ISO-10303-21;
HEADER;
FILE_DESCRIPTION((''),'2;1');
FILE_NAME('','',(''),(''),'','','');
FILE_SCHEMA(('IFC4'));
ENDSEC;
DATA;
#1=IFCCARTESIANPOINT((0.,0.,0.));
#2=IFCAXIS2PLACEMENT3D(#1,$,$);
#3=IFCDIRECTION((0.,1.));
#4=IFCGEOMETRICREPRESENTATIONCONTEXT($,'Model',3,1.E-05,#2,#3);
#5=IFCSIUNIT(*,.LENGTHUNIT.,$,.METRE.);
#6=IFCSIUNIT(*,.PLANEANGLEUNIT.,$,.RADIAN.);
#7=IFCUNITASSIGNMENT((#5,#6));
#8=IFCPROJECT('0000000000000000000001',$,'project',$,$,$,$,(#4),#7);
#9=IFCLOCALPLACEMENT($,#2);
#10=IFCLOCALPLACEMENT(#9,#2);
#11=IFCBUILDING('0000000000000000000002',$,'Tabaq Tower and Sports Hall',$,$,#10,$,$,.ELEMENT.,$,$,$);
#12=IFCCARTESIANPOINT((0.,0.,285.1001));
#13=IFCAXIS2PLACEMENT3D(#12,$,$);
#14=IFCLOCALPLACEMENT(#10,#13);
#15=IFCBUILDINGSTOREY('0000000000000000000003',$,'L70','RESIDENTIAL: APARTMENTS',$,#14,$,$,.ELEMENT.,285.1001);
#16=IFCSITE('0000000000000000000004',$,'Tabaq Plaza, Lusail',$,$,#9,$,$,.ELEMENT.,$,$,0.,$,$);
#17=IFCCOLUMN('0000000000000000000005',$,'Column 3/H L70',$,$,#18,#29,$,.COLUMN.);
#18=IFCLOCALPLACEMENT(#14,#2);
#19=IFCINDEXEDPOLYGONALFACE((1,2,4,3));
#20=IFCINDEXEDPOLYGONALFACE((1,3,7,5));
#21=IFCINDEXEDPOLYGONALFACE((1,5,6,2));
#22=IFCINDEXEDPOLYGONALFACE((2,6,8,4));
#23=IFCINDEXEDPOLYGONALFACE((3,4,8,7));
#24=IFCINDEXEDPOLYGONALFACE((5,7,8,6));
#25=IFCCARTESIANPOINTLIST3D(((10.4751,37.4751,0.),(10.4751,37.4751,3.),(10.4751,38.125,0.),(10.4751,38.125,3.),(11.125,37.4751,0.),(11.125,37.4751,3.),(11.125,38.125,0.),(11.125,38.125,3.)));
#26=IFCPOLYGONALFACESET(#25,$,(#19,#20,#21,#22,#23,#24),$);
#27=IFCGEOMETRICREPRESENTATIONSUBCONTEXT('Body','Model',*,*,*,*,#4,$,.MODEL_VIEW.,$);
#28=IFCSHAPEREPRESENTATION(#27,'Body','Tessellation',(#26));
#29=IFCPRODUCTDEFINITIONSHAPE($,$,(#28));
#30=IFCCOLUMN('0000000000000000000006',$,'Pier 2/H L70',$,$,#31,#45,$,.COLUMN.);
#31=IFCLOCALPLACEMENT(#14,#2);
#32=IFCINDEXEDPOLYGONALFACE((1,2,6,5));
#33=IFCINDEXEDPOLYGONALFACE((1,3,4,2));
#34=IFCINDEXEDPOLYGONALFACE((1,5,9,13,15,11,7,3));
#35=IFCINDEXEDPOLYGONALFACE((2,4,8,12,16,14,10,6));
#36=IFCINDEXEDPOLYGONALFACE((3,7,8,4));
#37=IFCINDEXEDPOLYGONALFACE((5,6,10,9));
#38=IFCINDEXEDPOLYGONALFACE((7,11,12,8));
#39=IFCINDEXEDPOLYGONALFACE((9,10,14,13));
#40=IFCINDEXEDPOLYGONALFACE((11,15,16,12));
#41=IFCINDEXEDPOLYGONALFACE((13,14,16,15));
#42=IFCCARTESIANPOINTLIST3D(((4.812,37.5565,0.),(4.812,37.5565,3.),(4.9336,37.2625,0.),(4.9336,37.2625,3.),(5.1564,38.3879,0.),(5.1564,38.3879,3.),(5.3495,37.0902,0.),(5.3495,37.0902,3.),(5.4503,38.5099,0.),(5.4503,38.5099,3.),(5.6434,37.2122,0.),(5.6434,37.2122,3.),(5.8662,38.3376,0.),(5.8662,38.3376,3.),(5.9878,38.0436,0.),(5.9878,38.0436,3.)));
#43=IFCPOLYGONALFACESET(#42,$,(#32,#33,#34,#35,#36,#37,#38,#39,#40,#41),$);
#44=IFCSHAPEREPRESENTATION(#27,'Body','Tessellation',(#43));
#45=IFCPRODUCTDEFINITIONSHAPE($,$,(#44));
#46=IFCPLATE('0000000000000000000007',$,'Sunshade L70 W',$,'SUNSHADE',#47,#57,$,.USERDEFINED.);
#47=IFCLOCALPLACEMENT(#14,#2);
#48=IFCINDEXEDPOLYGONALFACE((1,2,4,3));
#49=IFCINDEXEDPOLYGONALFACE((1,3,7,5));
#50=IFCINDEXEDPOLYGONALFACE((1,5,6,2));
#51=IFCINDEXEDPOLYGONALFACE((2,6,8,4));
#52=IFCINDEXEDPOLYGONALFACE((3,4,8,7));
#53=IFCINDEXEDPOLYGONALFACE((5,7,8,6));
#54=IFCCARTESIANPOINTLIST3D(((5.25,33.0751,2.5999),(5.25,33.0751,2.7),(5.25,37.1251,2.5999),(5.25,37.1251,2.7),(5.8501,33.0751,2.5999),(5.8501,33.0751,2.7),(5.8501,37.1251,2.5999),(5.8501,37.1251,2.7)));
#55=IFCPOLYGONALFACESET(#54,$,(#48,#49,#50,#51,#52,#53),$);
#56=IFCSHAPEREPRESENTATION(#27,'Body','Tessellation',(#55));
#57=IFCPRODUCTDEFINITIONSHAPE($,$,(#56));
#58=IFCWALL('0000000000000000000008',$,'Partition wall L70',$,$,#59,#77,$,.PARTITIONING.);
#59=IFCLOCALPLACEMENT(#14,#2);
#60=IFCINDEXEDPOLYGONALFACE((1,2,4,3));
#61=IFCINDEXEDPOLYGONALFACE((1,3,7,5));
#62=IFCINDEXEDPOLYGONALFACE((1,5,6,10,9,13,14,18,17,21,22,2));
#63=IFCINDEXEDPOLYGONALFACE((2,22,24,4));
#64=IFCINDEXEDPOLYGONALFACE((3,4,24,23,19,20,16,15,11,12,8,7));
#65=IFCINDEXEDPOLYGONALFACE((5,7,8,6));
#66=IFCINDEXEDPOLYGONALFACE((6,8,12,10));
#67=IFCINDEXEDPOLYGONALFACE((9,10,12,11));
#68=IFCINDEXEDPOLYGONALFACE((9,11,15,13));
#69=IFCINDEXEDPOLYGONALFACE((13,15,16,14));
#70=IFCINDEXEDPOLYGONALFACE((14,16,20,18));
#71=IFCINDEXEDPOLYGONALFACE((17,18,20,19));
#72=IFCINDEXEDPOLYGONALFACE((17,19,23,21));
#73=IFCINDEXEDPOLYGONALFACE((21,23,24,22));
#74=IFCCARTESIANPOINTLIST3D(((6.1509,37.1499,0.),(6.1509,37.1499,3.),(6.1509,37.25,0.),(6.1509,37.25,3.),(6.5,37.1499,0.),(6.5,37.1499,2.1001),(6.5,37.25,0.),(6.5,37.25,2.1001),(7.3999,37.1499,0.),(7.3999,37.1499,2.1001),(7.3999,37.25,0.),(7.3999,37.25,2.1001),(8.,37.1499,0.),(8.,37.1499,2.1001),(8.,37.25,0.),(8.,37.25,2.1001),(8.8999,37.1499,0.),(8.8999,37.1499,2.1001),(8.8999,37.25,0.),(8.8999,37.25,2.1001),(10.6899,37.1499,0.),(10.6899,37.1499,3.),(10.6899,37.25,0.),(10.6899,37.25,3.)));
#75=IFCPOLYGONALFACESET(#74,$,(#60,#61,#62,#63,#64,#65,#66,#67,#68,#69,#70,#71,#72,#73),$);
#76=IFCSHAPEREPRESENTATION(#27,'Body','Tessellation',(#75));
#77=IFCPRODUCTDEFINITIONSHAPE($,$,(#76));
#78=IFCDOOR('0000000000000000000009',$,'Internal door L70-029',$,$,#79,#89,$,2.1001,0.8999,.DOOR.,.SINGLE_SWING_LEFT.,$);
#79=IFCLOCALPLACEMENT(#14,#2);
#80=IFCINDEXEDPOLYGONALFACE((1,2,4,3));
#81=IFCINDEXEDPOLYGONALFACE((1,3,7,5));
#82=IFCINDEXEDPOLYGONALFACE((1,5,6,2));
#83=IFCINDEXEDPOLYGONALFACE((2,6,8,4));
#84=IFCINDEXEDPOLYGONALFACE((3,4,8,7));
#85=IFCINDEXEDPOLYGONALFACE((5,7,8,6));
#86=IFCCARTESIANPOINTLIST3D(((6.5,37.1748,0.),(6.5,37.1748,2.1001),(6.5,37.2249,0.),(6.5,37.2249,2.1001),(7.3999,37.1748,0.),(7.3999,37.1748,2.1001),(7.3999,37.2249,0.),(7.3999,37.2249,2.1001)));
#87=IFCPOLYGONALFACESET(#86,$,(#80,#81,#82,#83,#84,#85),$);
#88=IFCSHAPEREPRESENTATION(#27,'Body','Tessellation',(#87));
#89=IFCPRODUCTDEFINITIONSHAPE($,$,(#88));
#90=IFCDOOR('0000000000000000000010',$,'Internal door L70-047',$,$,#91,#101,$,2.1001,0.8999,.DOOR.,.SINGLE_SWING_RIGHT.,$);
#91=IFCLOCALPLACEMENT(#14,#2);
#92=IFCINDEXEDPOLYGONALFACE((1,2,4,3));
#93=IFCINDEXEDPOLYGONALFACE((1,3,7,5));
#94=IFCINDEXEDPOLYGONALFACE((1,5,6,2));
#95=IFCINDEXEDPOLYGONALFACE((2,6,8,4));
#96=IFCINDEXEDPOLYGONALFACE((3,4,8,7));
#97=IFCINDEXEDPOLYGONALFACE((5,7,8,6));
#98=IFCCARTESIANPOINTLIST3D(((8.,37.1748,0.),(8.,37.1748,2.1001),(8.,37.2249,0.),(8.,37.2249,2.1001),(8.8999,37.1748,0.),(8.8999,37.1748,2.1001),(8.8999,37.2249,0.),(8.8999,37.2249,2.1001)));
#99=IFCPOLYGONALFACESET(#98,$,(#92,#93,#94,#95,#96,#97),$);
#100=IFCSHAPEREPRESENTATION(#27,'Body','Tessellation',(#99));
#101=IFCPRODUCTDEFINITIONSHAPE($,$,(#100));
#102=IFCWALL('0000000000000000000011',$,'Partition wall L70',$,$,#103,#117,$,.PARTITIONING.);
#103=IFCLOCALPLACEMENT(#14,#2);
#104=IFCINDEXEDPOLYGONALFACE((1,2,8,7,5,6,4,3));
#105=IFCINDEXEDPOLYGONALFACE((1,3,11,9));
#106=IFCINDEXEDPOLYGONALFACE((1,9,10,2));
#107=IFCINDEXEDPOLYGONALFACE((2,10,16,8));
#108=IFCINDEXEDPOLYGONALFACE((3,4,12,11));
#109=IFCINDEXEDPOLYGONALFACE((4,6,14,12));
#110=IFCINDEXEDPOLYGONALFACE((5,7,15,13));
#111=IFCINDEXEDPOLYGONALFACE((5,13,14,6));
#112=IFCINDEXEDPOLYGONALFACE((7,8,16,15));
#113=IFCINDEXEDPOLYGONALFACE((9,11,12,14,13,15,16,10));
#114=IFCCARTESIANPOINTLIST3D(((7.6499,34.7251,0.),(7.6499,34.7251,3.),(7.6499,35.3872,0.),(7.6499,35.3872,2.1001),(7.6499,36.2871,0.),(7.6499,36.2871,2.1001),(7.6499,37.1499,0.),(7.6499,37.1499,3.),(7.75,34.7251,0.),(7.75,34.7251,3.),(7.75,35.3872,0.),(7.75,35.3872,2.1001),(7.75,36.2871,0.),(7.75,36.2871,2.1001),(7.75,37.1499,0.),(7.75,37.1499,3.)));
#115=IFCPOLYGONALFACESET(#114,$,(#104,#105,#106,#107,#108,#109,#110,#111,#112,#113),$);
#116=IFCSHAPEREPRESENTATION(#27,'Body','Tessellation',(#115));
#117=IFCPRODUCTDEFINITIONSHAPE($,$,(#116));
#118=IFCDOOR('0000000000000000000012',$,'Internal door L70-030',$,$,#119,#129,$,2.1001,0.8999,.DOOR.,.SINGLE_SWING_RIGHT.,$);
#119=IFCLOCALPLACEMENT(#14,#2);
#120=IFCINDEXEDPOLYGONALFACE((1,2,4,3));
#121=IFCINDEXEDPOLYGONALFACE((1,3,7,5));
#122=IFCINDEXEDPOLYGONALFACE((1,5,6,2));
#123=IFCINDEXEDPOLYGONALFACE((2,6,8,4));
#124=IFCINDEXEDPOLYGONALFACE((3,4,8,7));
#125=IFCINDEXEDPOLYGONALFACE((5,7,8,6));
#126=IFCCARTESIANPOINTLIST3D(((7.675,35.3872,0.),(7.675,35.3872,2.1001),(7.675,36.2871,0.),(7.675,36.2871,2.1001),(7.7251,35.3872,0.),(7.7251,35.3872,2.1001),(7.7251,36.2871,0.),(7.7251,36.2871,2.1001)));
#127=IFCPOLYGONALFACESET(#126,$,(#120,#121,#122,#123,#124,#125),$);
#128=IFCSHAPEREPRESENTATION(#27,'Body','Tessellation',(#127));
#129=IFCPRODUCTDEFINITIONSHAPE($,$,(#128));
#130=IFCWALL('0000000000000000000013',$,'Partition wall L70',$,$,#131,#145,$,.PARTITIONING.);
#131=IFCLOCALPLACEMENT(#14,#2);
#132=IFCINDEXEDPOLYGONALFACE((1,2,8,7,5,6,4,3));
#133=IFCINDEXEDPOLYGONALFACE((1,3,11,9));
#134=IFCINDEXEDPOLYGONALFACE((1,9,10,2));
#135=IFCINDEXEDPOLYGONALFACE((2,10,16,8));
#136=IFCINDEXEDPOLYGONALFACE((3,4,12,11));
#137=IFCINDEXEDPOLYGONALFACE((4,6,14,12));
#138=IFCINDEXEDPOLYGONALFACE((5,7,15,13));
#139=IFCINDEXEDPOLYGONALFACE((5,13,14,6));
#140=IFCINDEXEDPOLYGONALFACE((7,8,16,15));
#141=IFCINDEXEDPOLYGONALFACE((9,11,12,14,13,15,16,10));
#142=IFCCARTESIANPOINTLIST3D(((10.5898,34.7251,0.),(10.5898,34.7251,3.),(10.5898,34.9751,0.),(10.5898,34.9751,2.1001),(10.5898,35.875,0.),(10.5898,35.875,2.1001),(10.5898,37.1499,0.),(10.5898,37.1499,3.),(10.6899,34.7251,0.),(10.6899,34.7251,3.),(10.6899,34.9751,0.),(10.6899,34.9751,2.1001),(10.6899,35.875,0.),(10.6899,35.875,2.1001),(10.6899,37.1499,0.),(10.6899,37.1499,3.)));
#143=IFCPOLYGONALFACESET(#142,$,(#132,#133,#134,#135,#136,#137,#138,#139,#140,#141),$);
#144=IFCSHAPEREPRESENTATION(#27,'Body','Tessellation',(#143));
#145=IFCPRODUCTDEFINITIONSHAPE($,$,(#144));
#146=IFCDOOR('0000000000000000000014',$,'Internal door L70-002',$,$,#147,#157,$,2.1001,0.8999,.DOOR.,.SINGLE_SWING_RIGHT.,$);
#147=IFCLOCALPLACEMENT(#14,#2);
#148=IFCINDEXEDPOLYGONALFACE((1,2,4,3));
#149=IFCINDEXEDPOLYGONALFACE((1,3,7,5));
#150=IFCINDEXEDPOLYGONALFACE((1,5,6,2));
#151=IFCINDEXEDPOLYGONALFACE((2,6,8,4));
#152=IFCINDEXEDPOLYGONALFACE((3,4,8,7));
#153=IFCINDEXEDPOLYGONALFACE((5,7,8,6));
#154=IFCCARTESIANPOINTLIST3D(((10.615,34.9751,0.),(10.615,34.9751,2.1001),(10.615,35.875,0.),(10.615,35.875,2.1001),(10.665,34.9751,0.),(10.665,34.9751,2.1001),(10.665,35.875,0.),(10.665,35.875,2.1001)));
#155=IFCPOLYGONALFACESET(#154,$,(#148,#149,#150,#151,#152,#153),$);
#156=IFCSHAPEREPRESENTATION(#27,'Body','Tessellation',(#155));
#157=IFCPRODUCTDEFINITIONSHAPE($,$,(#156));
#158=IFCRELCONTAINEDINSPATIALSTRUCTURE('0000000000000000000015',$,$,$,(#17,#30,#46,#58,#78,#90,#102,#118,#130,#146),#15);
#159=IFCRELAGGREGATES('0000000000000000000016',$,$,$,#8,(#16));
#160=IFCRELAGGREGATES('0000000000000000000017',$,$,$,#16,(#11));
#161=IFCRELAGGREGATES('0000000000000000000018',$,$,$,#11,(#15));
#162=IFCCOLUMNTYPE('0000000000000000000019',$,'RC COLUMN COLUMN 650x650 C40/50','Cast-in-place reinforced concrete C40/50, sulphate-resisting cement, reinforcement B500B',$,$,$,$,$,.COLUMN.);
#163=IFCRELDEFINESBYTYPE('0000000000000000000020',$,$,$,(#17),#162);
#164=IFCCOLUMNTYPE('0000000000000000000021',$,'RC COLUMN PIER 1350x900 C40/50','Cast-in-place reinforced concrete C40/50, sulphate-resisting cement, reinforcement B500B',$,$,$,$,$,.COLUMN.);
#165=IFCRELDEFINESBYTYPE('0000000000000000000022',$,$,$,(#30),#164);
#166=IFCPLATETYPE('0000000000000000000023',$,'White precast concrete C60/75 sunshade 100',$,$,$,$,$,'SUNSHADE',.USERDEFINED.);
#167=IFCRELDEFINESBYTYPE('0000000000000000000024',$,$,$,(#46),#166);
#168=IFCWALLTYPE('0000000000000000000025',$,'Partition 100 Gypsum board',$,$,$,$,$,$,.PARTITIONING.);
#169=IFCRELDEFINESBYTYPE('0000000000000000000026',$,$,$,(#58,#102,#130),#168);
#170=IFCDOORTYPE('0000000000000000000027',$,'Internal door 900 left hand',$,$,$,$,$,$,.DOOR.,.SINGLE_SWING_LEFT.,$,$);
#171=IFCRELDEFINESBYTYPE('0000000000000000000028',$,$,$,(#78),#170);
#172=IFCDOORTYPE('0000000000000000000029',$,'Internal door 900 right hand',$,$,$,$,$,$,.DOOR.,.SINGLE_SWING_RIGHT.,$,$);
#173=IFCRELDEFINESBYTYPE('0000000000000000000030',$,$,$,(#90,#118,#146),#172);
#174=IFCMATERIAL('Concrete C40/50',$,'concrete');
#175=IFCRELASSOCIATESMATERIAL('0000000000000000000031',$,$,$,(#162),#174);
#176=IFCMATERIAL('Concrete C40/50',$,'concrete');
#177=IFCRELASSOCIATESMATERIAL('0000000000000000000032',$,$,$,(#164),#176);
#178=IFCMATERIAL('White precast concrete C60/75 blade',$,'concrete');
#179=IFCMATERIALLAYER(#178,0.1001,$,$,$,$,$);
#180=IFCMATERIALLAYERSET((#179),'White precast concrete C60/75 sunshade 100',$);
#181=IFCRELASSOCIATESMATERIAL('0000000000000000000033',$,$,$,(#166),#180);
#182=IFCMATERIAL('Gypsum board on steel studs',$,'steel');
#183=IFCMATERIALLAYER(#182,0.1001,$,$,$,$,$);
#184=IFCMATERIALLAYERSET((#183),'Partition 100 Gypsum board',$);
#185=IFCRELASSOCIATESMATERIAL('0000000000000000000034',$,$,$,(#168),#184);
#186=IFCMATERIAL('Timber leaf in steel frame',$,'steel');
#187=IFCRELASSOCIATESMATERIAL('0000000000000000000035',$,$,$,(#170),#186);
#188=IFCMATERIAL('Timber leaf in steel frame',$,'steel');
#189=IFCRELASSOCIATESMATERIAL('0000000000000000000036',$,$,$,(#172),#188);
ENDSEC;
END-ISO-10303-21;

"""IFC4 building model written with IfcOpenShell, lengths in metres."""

from ifc_helpers import new_model, si_unit, direction, frame, frame_2d, origin, origin_2d, place, context, subcontext, project, spatial, polyline, rectangle, outline, extrude, material, layer, layer_set, material_profile, profile_set, type_object, element, fill, save


model = new_model("IFC4")

# Units and contexts
model_context = context("Model", 3, precision=1e-05, world=origin(), true_north=direction((0.0, 1.0)))
body_context = subcontext(model_context, "Body", "Model", "MODEL_VIEW")
ifc_project = project(units=[si_unit("LENGTHUNIT", "METRE"), si_unit("PLANEANGLEUNIT", "RADIAN")], contexts=[model_context])

# Site, building, storey
site_placement = place(None, origin())
site = spatial("IfcSite", under=ifc_project, at=site_placement, Name="Tabaq Plaza, Lusail", CompositionType="ELEMENT", RefElevation=0.0)
building_placement = place(site_placement, origin())
building = spatial("IfcBuilding", under=site, at=building_placement, Name="Tabaq Tower and Sports Hall", CompositionType="ELEMENT")
storey_placement = place(building_placement, frame((0.0, 0.0, 285.1001)))
storey = spatial("IfcBuildingStorey", under=building, at=storey_placement, Name="L70", Description="RESIDENTIAL: APARTMENTS", CompositionType="ELEMENT", Elevation=285.1001)

# Columns
ifc_material_1 = material(Name="Concrete C40/50", Category="concrete")
ifc_material_profile_1 = material_profile(ifc_material_1, rectangle(XDim=0.6499, YDim=0.6499, at=origin_2d()), Name="COLUMN 650x650")
ifc_profile_set_1 = profile_set([ifc_material_profile_1], Name="Concrete C40/50")
column_type_1 = type_object("IfcColumnType", Name="RC COLUMN COLUMN 650x650 C40/50", Description="Cast-in-place reinforced concrete C40/50, sulphate-resisting cement, reinforcement B500B", PredefinedType="COLUMN", material=ifc_profile_set_1)
column_1_placement = place(storey_placement, frame((10.8, 37.8, 0.0), z_axis=(0.0, 0.0, 1.0), x_axis=(1.0, 0.0, 0.0)))
element("IfcColumn", 1, at=column_1_placement, inside=storey, type_object=column_type_1, Name="Column 3/H L70", PredefinedType="COLUMN", context=body_context, shape_type="SweptSolid", body=[
    extrude(rectangle(XDim=0.6499, YDim=0.6499, at=origin_2d()), origin(), (0.0, 0.0, 1.0), 3.0),
])
ifc_material_2 = material(Name="Concrete C40/50", Category="concrete")
ifc_material_profile_2 = material_profile(ifc_material_2, outline(polyline([(-0.45, -0.45), (0.45, -0.45), (0.675, -0.2251), (0.675, 0.2251), (0.45, 0.45), (-0.45, 0.45), (-0.675, 0.2251), (-0.675, -0.2251), (-0.45, -0.45)])), Name="PIER 1350x900")
ifc_profile_set_2 = profile_set([ifc_material_profile_2], Name="Concrete C40/50")
column_type_2 = type_object("IfcColumnType", Name="RC COLUMN PIER 1350x900 C40/50", Description="Cast-in-place reinforced concrete C40/50, sulphate-resisting cement, reinforcement B500B", PredefinedType="COLUMN", material=ifc_profile_set_2)
column_2_placement = place(storey_placement, frame((5.3999, 37.8, 0.0), z_axis=(0.0, 0.0, 1.0), x_axis=(0.382683, 0.92388, 0.0)))
element("IfcColumn", 2, at=column_2_placement, inside=storey, type_object=column_type_2, Name="Pier 2/H L70", PredefinedType="COLUMN", context=body_context, shape_type="SweptSolid", body=[
    extrude(outline(polyline([(-0.45, -0.45), (0.45, -0.45), (0.675, -0.2251), (0.675, 0.2251), (0.45, 0.45), (-0.45, 0.45), (-0.675, 0.2251), (-0.675, -0.2251), (-0.45, -0.45)])), origin(), (0.0, 0.0, 1.0), 3.0),
])

# Plate
ifc_material_3 = material(Name="White precast concrete C60/75 blade", Category="concrete")
ifc_layer_1 = layer(ifc_material_3, 0.1001)
ifc_layer_set_1 = layer_set([ifc_layer_1], Name="White precast concrete C60/75 sunshade 100")
plate_type = type_object("IfcPlateType", Name="White precast concrete C60/75 sunshade 100", ElementType="SUNSHADE", PredefinedType="USERDEFINED", material=ifc_layer_set_1)
plate_placement = place(storey_placement, frame((5.55, 35.1001, 2.5999), z_axis=(0.0, 0.0, 1.0), x_axis=(0.0, -1.0, 0.0)))
element("IfcPlate", 3, at=plate_placement, inside=storey, type_object=plate_type, Name="Sunshade L70 W", ObjectType="SUNSHADE", PredefinedType="USERDEFINED", context=body_context, shape_type="SweptSolid", body=[
    extrude(rectangle(XDim=4.05, YDim=0.6001, at=origin_2d()), origin(), (0.0, 0.0, 1.0), 0.1001),
])

# Wall, openings, doors
ifc_material_4 = material(Name="Gypsum board on steel studs", Category="steel")
ifc_layer_2 = layer(ifc_material_4, 0.1001)
ifc_layer_set_2 = layer_set([ifc_layer_2], Name="Partition 100 Gypsum board")
wall_type_1 = type_object("IfcWallType", Name="Partition 100 Gypsum board", PredefinedType="PARTITIONING", material=ifc_layer_set_2)
wall_1_placement = place(storey_placement, frame((6.1509, 37.2, 0.0), z_axis=(0.0, 0.0, 1.0), x_axis=(1.0, 0.0, 0.0)))
wall_1 = element("IfcWall", 4, at=wall_1_placement, inside=storey, type_object=wall_type_1, Name="Partition wall L70", PredefinedType="PARTITIONING", context=body_context, shape_type="SweptSolid", body=[
    extrude(rectangle(XDim=4.5391, YDim=0.1001, at=frame_2d((2.2695, 0.0))), origin(), (0.0, 0.0, 1.0), 3.0),
])
opening_1_placement = place(wall_1_placement, frame((0.3491, 0.0, 0.0)))
opening_1 = element("IfcOpeningElement", 5, at=opening_1_placement, cuts=wall_1, PredefinedType="OPENING", context=body_context, shape_type="SweptSolid", body=[
    extrude(rectangle(XDim=0.8999, YDim=2.1001, at=frame_2d((0.45, 1.05))), frame((0.0, 0.05, 0.0), z_axis=(0.0, -1.0, 0.0), x_axis=(1.0, 0.0, 0.0)), (0.0, 0.0, 1.0), 0.1001),
])
opening_2_placement = place(wall_1_placement, frame((1.8491, 0.0, 0.0)))
opening_2 = element("IfcOpeningElement", 6, at=opening_2_placement, cuts=wall_1, PredefinedType="OPENING", context=body_context, shape_type="SweptSolid", body=[
    extrude(rectangle(XDim=0.8999, YDim=2.1001, at=frame_2d((0.45, 1.05))), frame((0.0, 0.05, 0.0), z_axis=(0.0, -1.0, 0.0), x_axis=(1.0, 0.0, 0.0)), (0.0, 0.0, 1.0), 0.1001),
])
ifc_material_5 = material(Name="Timber leaf in steel frame", Category="steel")
door_type_1 = type_object("IfcDoorType", Name="Internal door 900 left hand", OperationType="SINGLE_SWING_LEFT", PredefinedType="DOOR", material=ifc_material_5)
door_1_placement = place(opening_1_placement, origin())
door_1 = element("IfcDoor", 7, at=door_1_placement, inside=storey, type_object=door_type_1, Name="Internal door L70-029", OperationType="SINGLE_SWING_LEFT", OverallHeight=2.1001, OverallWidth=0.8999, PredefinedType="DOOR", context=body_context, shape_type="SweptSolid", body=[
    extrude(rectangle(XDim=0.8999, YDim=2.1001, at=frame_2d((0.45, 1.05))), frame((0.0, 0.0249, 0.0), z_axis=(0.0, -1.0, 0.0), x_axis=(1.0, 0.0, 0.0)), (0.0, 0.0, 1.0), 0.05),
])
fill(opening_1, door_1)
ifc_material_6 = material(Name="Timber leaf in steel frame", Category="steel")
door_type_2 = type_object("IfcDoorType", Name="Internal door 900 right hand", OperationType="SINGLE_SWING_RIGHT", PredefinedType="DOOR", material=ifc_material_6)
door_2_placement = place(opening_2_placement, origin())
door_2 = element("IfcDoor", 8, at=door_2_placement, inside=storey, type_object=door_type_2, Name="Internal door L70-047", OperationType="SINGLE_SWING_RIGHT", OverallHeight=2.1001, OverallWidth=0.8999, PredefinedType="DOOR", context=body_context, shape_type="SweptSolid", body=[
    extrude(rectangle(XDim=0.8999, YDim=2.1001, at=frame_2d((0.45, 1.05))), frame((0.0, 0.0249, 0.0), z_axis=(0.0, -1.0, 0.0), x_axis=(1.0, 0.0, 0.0)), (0.0, 0.0, 1.0), 0.05),
])
fill(opening_2, door_2)

# Walls, openings, doors
wall_2_placement = place(storey_placement, frame((7.7, 34.7251, 0.0), z_axis=(0.0, 0.0, 1.0), x_axis=(0.0, 1.0, 0.0)))
wall_2 = element("IfcWall", 9, at=wall_2_placement, inside=storey, type_object=wall_type_1, Name="Partition wall L70", PredefinedType="PARTITIONING", context=body_context, shape_type="SweptSolid", body=[
    extrude(rectangle(XDim=2.4248, YDim=0.1001, at=frame_2d((1.2124, 0.0))), origin(), (0.0, 0.0, 1.0), 3.0),
])
opening_3_placement = place(wall_2_placement, frame((0.6621, 0.0, 0.0)))
opening_3 = element("IfcOpeningElement", 10, at=opening_3_placement, cuts=wall_2, PredefinedType="OPENING", context=body_context, shape_type="SweptSolid", body=[
    extrude(rectangle(XDim=0.8999, YDim=2.1001, at=frame_2d((0.45, 1.05))), frame((0.0, 0.05, 0.0), z_axis=(0.0, -1.0, 0.0), x_axis=(1.0, 0.0, 0.0)), (0.0, 0.0, 1.0), 0.1001),
])
door_3_placement = place(opening_3_placement, origin())
door_3 = element("IfcDoor", 11, at=door_3_placement, inside=storey, type_object=door_type_2, Name="Internal door L70-030", OperationType="SINGLE_SWING_RIGHT", OverallHeight=2.1001, OverallWidth=0.8999, PredefinedType="DOOR", context=body_context, shape_type="SweptSolid", body=[
    extrude(rectangle(XDim=0.8999, YDim=2.1001, at=frame_2d((0.45, 1.05))), frame((0.0, 0.0249, 0.0), z_axis=(0.0, -1.0, 0.0), x_axis=(1.0, 0.0, 0.0)), (0.0, 0.0, 1.0), 0.05),
])
fill(opening_3, door_3)
wall_3_placement = place(storey_placement, frame((10.6399, 34.7251, 0.0), z_axis=(0.0, 0.0, 1.0), x_axis=(0.0, 1.0, 0.0)))
wall_3 = element("IfcWall", 12, at=wall_3_placement, inside=storey, type_object=wall_type_1, Name="Partition wall L70", PredefinedType="PARTITIONING", context=body_context, shape_type="SweptSolid", body=[
    extrude(rectangle(XDim=2.4248, YDim=0.1001, at=frame_2d((1.2124, 0.0))), origin(), (0.0, 0.0, 1.0), 3.0),
])
opening_4_placement = place(wall_3_placement, frame((0.25, 0.0, 0.0)))
opening_4 = element("IfcOpeningElement", 13, at=opening_4_placement, cuts=wall_3, PredefinedType="OPENING", context=body_context, shape_type="SweptSolid", body=[
    extrude(rectangle(XDim=0.8999, YDim=2.1001, at=frame_2d((0.45, 1.05))), frame((0.0, 0.05, 0.0), z_axis=(0.0, -1.0, 0.0), x_axis=(1.0, 0.0, 0.0)), (0.0, 0.0, 1.0), 0.1001),
])
door_4_placement = place(opening_4_placement, origin())
door_4 = element("IfcDoor", 14, at=door_4_placement, inside=storey, type_object=door_type_2, Name="Internal door L70-002", OperationType="SINGLE_SWING_RIGHT", OverallHeight=2.1001, OverallWidth=0.8999, PredefinedType="DOOR", context=body_context, shape_type="SweptSolid", body=[
    extrude(rectangle(XDim=0.8999, YDim=2.1001, at=frame_2d((0.45, 1.05))), frame((0.0, 0.0249, 0.0), z_axis=(0.0, -1.0, 0.0), x_axis=(1.0, 0.0, 0.0)), (0.0, 0.0, 1.0), 0.05),
])
fill(opening_4, door_4)

save(model, "model.ifc")
